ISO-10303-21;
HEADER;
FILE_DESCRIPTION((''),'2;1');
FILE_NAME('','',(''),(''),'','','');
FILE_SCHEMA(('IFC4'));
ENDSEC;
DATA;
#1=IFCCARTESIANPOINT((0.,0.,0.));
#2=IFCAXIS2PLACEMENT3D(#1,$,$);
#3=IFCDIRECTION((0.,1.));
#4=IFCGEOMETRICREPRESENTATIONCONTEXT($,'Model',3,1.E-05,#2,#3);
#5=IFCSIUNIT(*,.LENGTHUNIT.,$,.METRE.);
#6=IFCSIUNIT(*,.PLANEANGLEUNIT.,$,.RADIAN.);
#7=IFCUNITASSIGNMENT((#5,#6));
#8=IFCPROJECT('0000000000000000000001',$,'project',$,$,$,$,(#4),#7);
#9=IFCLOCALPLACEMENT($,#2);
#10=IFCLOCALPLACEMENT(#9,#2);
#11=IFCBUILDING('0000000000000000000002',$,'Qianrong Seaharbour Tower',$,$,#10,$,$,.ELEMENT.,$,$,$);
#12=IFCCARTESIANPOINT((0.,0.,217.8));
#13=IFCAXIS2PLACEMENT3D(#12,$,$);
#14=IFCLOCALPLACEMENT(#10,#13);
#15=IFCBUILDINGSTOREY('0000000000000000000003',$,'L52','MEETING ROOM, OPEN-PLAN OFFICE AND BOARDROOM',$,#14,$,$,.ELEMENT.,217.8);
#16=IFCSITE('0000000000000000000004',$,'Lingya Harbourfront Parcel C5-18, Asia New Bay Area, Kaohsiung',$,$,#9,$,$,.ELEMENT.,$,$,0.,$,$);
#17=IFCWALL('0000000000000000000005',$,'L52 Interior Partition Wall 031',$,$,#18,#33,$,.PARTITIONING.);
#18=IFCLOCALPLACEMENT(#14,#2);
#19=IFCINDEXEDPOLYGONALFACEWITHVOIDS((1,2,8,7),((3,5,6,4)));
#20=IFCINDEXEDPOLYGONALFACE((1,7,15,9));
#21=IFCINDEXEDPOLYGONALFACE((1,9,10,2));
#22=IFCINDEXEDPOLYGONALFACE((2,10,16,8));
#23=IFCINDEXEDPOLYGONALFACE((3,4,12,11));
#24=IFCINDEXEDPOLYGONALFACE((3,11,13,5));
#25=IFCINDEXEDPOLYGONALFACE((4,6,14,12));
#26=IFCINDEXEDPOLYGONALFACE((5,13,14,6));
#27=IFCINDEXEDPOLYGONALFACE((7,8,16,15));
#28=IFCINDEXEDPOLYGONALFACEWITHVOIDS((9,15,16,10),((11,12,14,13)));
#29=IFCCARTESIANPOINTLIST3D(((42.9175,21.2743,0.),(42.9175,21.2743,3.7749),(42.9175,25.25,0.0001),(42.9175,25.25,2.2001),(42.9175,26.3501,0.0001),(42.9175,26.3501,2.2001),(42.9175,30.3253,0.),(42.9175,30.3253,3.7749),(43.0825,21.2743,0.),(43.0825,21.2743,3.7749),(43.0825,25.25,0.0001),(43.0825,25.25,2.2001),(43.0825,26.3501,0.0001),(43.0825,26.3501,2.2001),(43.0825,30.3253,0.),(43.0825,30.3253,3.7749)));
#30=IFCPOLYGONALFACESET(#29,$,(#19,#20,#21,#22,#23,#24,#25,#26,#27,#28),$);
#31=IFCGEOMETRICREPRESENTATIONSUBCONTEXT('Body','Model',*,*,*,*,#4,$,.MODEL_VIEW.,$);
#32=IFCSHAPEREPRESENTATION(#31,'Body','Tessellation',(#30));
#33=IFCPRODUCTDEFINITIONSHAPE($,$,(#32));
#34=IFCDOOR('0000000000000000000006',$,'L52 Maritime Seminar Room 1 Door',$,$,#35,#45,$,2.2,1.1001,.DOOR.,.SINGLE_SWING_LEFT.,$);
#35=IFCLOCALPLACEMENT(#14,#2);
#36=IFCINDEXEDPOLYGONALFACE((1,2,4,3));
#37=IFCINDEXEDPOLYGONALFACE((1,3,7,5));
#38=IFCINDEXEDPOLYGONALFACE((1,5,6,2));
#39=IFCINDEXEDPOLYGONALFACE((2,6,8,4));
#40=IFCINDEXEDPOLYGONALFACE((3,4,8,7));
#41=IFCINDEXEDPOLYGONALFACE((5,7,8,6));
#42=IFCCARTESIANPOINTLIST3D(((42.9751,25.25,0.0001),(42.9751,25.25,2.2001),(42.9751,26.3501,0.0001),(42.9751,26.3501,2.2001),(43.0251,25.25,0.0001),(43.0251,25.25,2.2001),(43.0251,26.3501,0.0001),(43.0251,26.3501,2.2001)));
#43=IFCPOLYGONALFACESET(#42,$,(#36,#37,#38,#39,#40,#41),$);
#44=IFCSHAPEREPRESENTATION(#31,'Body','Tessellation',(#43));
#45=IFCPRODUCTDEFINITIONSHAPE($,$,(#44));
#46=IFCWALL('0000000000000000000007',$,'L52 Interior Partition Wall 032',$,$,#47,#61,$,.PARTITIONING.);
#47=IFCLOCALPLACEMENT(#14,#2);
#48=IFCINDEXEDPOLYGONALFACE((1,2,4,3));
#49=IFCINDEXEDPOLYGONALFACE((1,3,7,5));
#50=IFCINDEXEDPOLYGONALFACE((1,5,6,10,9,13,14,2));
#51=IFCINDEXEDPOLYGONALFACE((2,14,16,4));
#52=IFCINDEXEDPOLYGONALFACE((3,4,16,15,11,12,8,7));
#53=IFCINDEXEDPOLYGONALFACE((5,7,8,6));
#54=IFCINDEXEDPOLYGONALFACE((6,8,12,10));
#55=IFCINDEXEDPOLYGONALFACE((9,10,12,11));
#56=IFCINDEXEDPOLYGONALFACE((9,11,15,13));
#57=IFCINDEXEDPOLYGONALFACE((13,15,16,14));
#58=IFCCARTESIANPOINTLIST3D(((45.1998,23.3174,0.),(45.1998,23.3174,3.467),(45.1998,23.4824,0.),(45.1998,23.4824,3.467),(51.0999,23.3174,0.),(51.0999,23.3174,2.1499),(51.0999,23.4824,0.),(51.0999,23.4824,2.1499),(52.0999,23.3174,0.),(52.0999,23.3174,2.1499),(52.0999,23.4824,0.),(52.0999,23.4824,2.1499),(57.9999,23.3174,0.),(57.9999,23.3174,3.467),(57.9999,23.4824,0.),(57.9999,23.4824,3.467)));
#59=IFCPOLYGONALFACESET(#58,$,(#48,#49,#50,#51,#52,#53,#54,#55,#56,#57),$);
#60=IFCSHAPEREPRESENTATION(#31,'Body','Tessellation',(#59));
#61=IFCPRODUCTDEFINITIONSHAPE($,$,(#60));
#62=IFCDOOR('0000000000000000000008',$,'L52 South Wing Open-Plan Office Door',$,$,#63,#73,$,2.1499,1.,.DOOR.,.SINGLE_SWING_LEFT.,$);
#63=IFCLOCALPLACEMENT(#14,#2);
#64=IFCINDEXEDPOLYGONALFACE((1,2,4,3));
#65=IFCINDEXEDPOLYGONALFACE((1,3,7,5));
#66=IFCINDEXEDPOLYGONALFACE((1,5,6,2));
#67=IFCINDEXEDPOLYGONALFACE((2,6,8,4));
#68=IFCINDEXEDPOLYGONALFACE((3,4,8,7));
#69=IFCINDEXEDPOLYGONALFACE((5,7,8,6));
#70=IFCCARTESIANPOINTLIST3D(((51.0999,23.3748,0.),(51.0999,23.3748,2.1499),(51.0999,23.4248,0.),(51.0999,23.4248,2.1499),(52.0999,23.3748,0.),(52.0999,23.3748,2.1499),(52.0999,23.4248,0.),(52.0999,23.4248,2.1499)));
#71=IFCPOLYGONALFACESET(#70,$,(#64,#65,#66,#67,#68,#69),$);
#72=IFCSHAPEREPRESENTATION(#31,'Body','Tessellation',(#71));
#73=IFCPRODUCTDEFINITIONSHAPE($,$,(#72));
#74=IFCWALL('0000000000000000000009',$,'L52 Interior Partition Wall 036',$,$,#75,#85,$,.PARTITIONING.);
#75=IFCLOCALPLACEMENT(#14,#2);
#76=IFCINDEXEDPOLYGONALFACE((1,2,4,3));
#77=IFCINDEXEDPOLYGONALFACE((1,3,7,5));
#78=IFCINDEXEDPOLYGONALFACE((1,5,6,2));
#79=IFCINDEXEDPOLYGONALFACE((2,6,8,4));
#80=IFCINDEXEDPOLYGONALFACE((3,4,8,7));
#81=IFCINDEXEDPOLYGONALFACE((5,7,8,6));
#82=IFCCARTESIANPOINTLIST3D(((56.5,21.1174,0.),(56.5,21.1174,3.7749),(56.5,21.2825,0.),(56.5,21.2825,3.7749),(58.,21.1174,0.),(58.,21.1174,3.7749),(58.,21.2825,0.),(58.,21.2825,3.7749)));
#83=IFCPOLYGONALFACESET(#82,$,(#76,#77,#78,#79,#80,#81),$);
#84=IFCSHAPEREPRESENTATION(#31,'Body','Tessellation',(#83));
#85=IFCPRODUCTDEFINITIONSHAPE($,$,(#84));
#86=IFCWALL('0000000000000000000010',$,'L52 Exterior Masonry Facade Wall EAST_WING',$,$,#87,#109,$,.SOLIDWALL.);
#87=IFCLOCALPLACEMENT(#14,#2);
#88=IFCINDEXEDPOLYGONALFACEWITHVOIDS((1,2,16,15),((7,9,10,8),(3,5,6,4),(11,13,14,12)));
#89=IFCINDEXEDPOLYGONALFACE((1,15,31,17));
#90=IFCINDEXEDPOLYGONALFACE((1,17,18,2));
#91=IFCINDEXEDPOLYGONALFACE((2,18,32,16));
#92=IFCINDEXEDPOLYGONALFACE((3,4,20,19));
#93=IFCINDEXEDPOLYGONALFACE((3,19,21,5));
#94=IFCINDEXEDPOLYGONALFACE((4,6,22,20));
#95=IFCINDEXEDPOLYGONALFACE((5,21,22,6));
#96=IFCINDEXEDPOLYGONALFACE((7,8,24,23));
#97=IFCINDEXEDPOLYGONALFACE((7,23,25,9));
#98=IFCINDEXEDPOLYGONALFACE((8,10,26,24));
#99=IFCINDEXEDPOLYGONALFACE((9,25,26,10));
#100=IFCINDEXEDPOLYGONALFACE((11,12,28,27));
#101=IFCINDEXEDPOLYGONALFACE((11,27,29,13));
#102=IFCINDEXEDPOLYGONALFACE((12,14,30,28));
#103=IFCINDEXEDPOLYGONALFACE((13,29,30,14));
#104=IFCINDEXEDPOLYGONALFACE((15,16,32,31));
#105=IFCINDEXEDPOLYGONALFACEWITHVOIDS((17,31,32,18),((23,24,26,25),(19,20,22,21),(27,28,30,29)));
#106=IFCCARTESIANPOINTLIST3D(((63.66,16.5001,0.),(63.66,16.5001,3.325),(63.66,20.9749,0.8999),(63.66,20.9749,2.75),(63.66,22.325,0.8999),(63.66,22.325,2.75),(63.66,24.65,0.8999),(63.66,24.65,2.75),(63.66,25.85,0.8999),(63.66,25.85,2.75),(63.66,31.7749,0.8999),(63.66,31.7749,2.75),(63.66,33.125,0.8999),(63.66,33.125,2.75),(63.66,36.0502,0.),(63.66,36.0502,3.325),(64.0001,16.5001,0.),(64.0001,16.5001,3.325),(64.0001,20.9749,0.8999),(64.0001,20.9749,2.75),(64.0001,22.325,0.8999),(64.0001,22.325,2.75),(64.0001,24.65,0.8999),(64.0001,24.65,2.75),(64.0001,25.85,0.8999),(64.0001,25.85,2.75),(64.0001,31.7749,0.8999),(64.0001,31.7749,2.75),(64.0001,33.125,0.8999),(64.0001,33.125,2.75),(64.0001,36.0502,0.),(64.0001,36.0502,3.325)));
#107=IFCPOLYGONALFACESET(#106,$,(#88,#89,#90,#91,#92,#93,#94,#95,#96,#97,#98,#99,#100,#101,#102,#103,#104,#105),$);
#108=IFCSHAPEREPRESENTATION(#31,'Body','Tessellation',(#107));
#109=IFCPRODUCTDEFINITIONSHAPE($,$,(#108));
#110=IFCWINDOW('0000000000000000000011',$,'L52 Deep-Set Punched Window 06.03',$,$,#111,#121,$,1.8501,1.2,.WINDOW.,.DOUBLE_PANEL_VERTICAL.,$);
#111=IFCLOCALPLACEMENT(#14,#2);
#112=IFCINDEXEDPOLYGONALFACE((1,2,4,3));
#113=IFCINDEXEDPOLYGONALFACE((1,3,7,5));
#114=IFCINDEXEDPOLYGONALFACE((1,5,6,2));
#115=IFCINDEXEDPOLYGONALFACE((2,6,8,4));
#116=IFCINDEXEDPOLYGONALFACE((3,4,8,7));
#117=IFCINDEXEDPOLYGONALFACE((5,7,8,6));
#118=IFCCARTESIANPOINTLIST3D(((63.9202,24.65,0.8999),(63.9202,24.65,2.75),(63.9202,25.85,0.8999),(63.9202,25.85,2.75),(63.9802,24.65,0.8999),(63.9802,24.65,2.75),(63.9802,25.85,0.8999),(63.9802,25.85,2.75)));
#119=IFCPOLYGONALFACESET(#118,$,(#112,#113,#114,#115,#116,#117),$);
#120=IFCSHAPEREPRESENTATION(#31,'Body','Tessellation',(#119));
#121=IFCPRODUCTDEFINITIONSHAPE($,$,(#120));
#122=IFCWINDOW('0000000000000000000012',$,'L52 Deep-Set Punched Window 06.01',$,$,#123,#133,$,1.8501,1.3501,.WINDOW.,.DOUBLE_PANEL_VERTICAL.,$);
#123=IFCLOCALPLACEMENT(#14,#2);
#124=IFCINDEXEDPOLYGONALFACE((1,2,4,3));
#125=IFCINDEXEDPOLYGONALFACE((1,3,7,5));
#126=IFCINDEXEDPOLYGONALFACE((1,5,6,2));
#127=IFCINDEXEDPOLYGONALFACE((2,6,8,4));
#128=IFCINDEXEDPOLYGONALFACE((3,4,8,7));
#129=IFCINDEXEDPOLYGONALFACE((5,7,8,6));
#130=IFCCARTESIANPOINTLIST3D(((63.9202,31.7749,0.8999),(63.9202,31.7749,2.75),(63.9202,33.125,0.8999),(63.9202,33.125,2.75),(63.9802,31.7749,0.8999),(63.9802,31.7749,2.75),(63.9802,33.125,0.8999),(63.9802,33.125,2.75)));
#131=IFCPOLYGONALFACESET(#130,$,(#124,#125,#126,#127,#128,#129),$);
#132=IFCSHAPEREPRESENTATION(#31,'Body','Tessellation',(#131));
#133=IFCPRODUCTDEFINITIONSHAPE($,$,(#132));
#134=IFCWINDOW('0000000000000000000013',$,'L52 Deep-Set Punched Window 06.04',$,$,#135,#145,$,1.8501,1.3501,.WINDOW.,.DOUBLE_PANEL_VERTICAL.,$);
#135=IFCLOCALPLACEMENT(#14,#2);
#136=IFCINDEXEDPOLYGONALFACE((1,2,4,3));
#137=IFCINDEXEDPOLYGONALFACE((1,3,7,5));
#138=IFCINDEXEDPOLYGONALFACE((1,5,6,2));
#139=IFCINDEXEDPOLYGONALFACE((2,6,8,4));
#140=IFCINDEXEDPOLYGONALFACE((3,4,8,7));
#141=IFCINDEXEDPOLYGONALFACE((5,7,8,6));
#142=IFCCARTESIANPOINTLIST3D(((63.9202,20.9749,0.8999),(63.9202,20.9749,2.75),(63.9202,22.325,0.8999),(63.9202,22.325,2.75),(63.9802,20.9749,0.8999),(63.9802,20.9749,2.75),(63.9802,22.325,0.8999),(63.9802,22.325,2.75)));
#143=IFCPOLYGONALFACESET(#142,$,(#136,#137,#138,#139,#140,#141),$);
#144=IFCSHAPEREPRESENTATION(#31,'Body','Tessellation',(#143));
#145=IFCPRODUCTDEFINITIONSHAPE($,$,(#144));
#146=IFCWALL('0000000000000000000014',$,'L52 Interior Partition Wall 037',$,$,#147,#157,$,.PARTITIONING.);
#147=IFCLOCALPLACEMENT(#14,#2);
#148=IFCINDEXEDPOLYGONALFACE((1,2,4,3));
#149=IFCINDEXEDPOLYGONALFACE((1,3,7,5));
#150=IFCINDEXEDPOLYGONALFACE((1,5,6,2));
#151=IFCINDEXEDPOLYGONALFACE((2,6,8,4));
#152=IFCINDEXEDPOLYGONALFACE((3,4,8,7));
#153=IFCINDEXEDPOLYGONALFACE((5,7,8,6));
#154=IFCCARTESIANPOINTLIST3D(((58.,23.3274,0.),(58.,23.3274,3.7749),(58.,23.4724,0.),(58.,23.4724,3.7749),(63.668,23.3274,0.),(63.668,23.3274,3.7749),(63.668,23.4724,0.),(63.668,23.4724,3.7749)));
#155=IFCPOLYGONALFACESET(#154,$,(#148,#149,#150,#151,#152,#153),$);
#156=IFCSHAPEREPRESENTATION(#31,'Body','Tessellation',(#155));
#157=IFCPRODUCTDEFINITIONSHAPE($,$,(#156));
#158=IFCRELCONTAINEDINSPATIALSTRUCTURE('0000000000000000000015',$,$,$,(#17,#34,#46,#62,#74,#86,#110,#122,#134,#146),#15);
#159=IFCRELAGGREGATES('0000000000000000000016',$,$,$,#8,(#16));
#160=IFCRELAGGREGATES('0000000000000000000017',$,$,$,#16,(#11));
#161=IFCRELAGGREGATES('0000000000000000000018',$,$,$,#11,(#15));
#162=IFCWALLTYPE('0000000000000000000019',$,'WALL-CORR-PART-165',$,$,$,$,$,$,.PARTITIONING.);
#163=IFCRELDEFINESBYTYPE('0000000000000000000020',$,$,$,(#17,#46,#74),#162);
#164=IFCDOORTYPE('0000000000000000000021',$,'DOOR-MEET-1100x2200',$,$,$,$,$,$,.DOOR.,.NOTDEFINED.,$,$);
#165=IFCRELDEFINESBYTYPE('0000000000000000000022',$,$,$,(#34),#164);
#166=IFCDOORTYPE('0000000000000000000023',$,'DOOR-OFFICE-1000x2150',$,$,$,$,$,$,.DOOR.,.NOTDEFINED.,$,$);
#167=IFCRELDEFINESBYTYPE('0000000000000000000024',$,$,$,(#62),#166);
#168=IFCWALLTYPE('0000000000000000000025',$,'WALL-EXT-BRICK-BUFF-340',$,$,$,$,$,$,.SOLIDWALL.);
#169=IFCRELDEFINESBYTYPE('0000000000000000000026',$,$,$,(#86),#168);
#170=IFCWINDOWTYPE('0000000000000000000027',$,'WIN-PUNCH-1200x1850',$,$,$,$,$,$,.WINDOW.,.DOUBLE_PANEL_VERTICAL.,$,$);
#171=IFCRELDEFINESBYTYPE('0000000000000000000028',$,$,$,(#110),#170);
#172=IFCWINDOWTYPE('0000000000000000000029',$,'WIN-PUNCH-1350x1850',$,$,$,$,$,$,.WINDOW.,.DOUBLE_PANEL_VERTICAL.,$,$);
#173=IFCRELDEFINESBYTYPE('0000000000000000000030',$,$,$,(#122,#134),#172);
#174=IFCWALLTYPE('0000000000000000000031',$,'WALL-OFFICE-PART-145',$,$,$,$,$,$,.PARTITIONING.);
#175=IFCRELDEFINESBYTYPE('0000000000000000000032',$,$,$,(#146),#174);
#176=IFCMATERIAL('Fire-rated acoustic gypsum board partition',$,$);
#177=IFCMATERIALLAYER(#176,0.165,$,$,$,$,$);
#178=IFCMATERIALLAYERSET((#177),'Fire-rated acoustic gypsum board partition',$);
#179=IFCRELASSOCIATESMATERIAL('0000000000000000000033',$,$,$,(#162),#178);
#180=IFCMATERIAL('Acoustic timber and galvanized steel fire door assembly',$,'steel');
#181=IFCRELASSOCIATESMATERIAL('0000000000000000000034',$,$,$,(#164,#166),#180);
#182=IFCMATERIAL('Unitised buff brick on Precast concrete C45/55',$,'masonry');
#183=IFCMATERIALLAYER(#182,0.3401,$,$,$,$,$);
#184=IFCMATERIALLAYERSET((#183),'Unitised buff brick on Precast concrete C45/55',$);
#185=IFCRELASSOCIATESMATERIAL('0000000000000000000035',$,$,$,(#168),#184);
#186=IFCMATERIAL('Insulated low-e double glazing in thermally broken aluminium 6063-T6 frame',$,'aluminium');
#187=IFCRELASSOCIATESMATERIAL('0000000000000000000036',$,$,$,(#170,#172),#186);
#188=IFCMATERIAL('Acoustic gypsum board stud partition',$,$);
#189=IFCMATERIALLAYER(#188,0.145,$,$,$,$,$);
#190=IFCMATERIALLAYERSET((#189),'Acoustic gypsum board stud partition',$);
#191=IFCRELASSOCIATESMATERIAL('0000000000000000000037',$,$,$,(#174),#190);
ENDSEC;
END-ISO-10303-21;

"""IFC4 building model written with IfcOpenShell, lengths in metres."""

from ifc_helpers import new_model, si_unit, direction, frame, frame_2d, origin, place, context, subcontext, project, spatial, rectangle, extrude, material, layer, layer_set, type_object, element, fill, save


model = new_model("IFC4")

# Units and contexts
model_context = context("Model", 3, precision=1e-05, world=origin(), true_north=direction((0.0, 1.0)))
body_context = subcontext(model_context, "Body", "Model", "MODEL_VIEW")
ifc_project = project(units=[si_unit("LENGTHUNIT", "METRE"), si_unit("PLANEANGLEUNIT", "RADIAN")], contexts=[model_context])

# Site, building, storey
site_placement = place(None, origin())
site = spatial("IfcSite", under=ifc_project, at=site_placement, Name="Lingya Harbourfront Parcel C5-18, Asia New Bay Area, Kaohsiung", CompositionType="ELEMENT", RefElevation=0.0)
building_placement = place(site_placement, origin())
building = spatial("IfcBuilding", under=site, at=building_placement, Name="Qianrong Seaharbour Tower", CompositionType="ELEMENT")
storey_placement = place(building_placement, frame((0.0, 0.0, 217.8)))
storey = spatial("IfcBuildingStorey", under=building, at=storey_placement, Name="L52", Description="MEETING ROOM, OPEN-PLAN OFFICE AND BOARDROOM", CompositionType="ELEMENT", Elevation=217.8)

# Shared definitions
ifc_material_1 = material(Name="Fire-rated acoustic gypsum board partition")
ifc_layer_1 = layer(ifc_material_1, 0.165)
ifc_layer_set_1 = layer_set([ifc_layer_1], Name="Fire-rated acoustic gypsum board partition")
wall_type_1 = type_object("IfcWallType", Name="WALL-CORR-PART-165", PredefinedType="PARTITIONING", material=ifc_layer_set_1)

# Walls, openings, doors
wall_1_placement = place(storey_placement, frame((43.0, 21.2744, 0.0), z_axis=(0.0, 0.0, 1.0), x_axis=(0.0, 1.0, 0.0)))
wall_1 = element("IfcWall", 1, at=wall_1_placement, inside=storey, type_object=wall_type_1, Name="L52 Interior Partition Wall 031", PredefinedType="PARTITIONING", context=body_context, shape_type="SweptSolid", body=[
    extrude(rectangle(XDim=9.051, YDim=0.165, at=frame_2d((4.5254, 0.0))), origin(), (0.0, 0.0, 1.0), 3.7749),
])
opening_1_placement = place(wall_1_placement, frame((3.9756, 0.0, 0.0)))
opening_1 = element("IfcOpeningElement", 2, at=opening_1_placement, cuts=wall_1, PredefinedType="OPENING", context=body_context, shape_type="SweptSolid", body=[
    extrude(rectangle(XDim=1.1001, YDim=2.2, at=frame_2d((0.55, 1.1001))), frame((0.0, 0.0925, 0.0), z_axis=(0.0, -1.0, 0.0), x_axis=(1.0, 0.0, 0.0)), (0.0, 0.0, 1.0), 0.1851),
])
ifc_material_2 = material(Name="Acoustic timber and galvanized steel fire door assembly", Category="steel")
door_type_1 = type_object("IfcDoorType", Name="DOOR-MEET-1100x2200", OperationType="NOTDEFINED", PredefinedType="DOOR", material=ifc_material_2)
door_1_placement = place(opening_1_placement, origin())
door_1 = element("IfcDoor", 3, at=door_1_placement, inside=storey, type_object=door_type_1, Name="L52 Maritime Seminar Room 1 Door", OperationType="SINGLE_SWING_LEFT", OverallHeight=2.2, OverallWidth=1.1001, PredefinedType="DOOR", context=body_context, shape_type="SweptSolid", body=[
    extrude(rectangle(XDim=1.1001, YDim=2.2, at=frame_2d((0.55, 1.1001))), frame((0.0, 0.0249, 0.0), z_axis=(0.0, -1.0, 0.0), x_axis=(1.0, 0.0, 0.0)), (0.0, 0.0, 1.0), 0.05),
])
fill(opening_1, door_1)
wall_2_placement = place(storey_placement, frame((45.2, 23.3999, 0.0), z_axis=(0.0, 0.0, 1.0), x_axis=(1.0, 0.0, 0.0)))
wall_2 = element("IfcWall", 4, at=wall_2_placement, inside=storey, type_object=wall_type_1, Name="L52 Interior Partition Wall 032", PredefinedType="PARTITIONING", context=body_context, shape_type="SweptSolid", body=[
    extrude(rectangle(XDim=12.8, YDim=0.165, at=frame_2d((6.3999, 0.0))), origin(), (0.0, 0.0, 1.0), 3.467),
])
opening_2_placement = place(wall_2_placement, frame((5.8999, 0.0, 0.0)))
opening_2 = element("IfcOpeningElement", 5, at=opening_2_placement, cuts=wall_2, PredefinedType="OPENING", context=body_context, shape_type="SweptSolid", body=[
    extrude(rectangle(XDim=1.0, YDim=2.1499, at=frame_2d((0.5, 1.075))), frame((0.0, 0.0925, 0.0), z_axis=(0.0, -1.0, 0.0), x_axis=(1.0, 0.0, 0.0)), (0.0, 0.0, 1.0), 0.1851),
])
door_type_2 = type_object("IfcDoorType", Name="DOOR-OFFICE-1000x2150", OperationType="NOTDEFINED", PredefinedType="DOOR", material=ifc_material_2)
door_2_placement = place(opening_2_placement, origin())
door_2 = element("IfcDoor", 6, at=door_2_placement, inside=storey, type_object=door_type_2, Name="L52 South Wing Open-Plan Office Door", OperationType="SINGLE_SWING_LEFT", OverallHeight=2.1499, OverallWidth=1.0, PredefinedType="DOOR", context=body_context, shape_type="SweptSolid", body=[
    extrude(rectangle(XDim=1.0, YDim=2.1499, at=frame_2d((0.5, 1.075))), frame((0.0, 0.0249, 0.0), z_axis=(0.0, -1.0, 0.0), x_axis=(1.0, 0.0, 0.0)), (0.0, 0.0, 1.0), 0.05),
])
fill(opening_2, door_2)

# Wall
wall_3_placement = place(storey_placement, frame((58.0, 21.2, 0.0), z_axis=(0.0, 0.0, 1.0), x_axis=(-1.0, 0.0, 0.0)))
element("IfcWall", 7, at=wall_3_placement, inside=storey, type_object=wall_type_1, Name="L52 Interior Partition Wall 036", PredefinedType="PARTITIONING", context=body_context, shape_type="SweptSolid", body=[
    extrude(rectangle(XDim=1.5, YDim=0.165, at=frame_2d((0.75, 0.0))), origin(), (0.0, 0.0, 1.0), 3.7749),
])

# Wall, openings, windows
ifc_material_3 = material(Name="Unitised buff brick on Precast concrete C45/55", Category="masonry")
ifc_layer_2 = layer(ifc_material_3, 0.3401)
ifc_layer_set_2 = layer_set([ifc_layer_2], Name="Unitised buff brick on Precast concrete C45/55")
wall_type_2 = type_object("IfcWallType", Name="WALL-EXT-BRICK-BUFF-340", PredefinedType="SOLIDWALL", material=ifc_layer_set_2)
wall_4_placement = place(storey_placement, frame((63.8301, 36.05, 0.0), z_axis=(0.0, 0.0, 1.0), x_axis=(0.0, -1.0, 0.0)))
wall_4 = element("IfcWall", 8, at=wall_4_placement, inside=storey, type_object=wall_type_2, Name="L52 Exterior Masonry Facade Wall EAST_WING", PredefinedType="SOLIDWALL", context=body_context, shape_type="SweptSolid", body=[
    extrude(rectangle(XDim=19.55, YDim=0.3401, at=frame_2d((9.7749, 0.0))), origin(), (0.0, 0.0, 1.0), 3.325),
])
opening_3_placement = place(wall_4_placement, frame((2.925, 0.0, 0.8999)))
opening_3 = element("IfcOpeningElement", 9, at=opening_3_placement, cuts=wall_4, PredefinedType="OPENING", context=body_context, shape_type="SweptSolid", body=[
    extrude(rectangle(XDim=1.3501, YDim=1.8501, at=frame_2d((0.675, 0.925))), frame((0.0, 0.1802, 0.0), z_axis=(0.0, -1.0, 0.0), x_axis=(1.0, 0.0, 0.0)), (0.0, 0.0, 1.0), 0.3601),
])
opening_4_placement = place(wall_4_placement, frame((10.2, 0.0, 0.8999)))
opening_4 = element("IfcOpeningElement", 10, at=opening_4_placement, cuts=wall_4, PredefinedType="OPENING", context=body_context, shape_type="SweptSolid", body=[
    extrude(rectangle(XDim=1.2, YDim=1.8501, at=frame_2d((0.6001, 0.925))), frame((0.0, 0.1802, 0.0), z_axis=(0.0, -1.0, 0.0), x_axis=(1.0, 0.0, 0.0)), (0.0, 0.0, 1.0), 0.3601),
])
opening_5_placement = place(wall_4_placement, frame((13.7251, 0.0, 0.8999)))
opening_5 = element("IfcOpeningElement", 11, at=opening_5_placement, cuts=wall_4, PredefinedType="OPENING", context=body_context, shape_type="SweptSolid", body=[
    extrude(rectangle(XDim=1.3501, YDim=1.8501, at=frame_2d((0.675, 0.925))), frame((0.0, 0.1802, 0.0), z_axis=(0.0, -1.0, 0.0), x_axis=(1.0, 0.0, 0.0)), (0.0, 0.0, 1.0), 0.3601),
])
ifc_material_4 = material(Name="Insulated low-e double glazing in thermally broken aluminium 6063-T6 frame", Category="aluminium")
window_type_1 = type_object("IfcWindowType", Name="WIN-PUNCH-1200x1850", PartitioningType="DOUBLE_PANEL_VERTICAL", PredefinedType="WINDOW", material=ifc_material_4)
window_1_placement = place(opening_4_placement, origin())
window_1 = element("IfcWindow", 12, at=window_1_placement, inside=storey, type_object=window_type_1, Name="L52 Deep-Set Punched Window 06.03", OverallHeight=1.8501, OverallWidth=1.2, PartitioningType="DOUBLE_PANEL_VERTICAL", PredefinedType="WINDOW", context=body_context, shape_type="SweptSolid", body=[
    extrude(rectangle(XDim=1.2, YDim=1.8501, at=frame_2d((0.6001, 0.925))), frame((0.0, 0.1501, 0.0), z_axis=(0.0, -1.0, 0.0), x_axis=(1.0, 0.0, 0.0)), (0.0, 0.0, 1.0), 0.0601),
])
fill(opening_4, window_1)
window_type_2 = type_object("IfcWindowType", Name="WIN-PUNCH-1350x1850", PartitioningType="DOUBLE_PANEL_VERTICAL", PredefinedType="WINDOW", material=ifc_material_4)
window_2_placement = place(opening_3_placement, origin())
window_2 = element("IfcWindow", 13, at=window_2_placement, inside=storey, type_object=window_type_2, Name="L52 Deep-Set Punched Window 06.01", OverallHeight=1.8501, OverallWidth=1.3501, PartitioningType="DOUBLE_PANEL_VERTICAL", PredefinedType="WINDOW", context=body_context, shape_type="SweptSolid", body=[
    extrude(rectangle(XDim=1.3501, YDim=1.8501, at=frame_2d((0.675, 0.925))), frame((0.0, 0.1501, 0.0), z_axis=(0.0, -1.0, 0.0), x_axis=(1.0, 0.0, 0.0)), (0.0, 0.0, 1.0), 0.0601),
])
fill(opening_3, window_2)
window_3_placement = place(opening_5_placement, origin())
window_3 = element("IfcWindow", 14, at=window_3_placement, inside=storey, type_object=window_type_2, Name="L52 Deep-Set Punched Window 06.04", OverallHeight=1.8501, OverallWidth=1.3501, PartitioningType="DOUBLE_PANEL_VERTICAL", PredefinedType="WINDOW", context=body_context, shape_type="SweptSolid", body=[
    extrude(rectangle(XDim=1.3501, YDim=1.8501, at=frame_2d((0.675, 0.925))), frame((0.0, 0.1501, 0.0), z_axis=(0.0, -1.0, 0.0), x_axis=(1.0, 0.0, 0.0)), (0.0, 0.0, 1.0), 0.0601),
])
fill(opening_5, window_3)

# Wall
ifc_material_5 = material(Name="Acoustic gypsum board stud partition")
ifc_layer_3 = layer(ifc_material_5, 0.145)
ifc_layer_set_3 = layer_set([ifc_layer_3], Name="Acoustic gypsum board stud partition")
wall_type_3 = type_object("IfcWallType", Name="WALL-OFFICE-PART-145", PredefinedType="PARTITIONING", material=ifc_layer_set_3)
wall_5_placement = place(storey_placement, frame((63.668, 23.3999, 0.0), z_axis=(0.0, 0.0, 1.0), x_axis=(-1.0, 0.0, 0.0)))
element("IfcWall", 15, at=wall_5_placement, inside=storey, type_object=wall_type_3, Name="L52 Interior Partition Wall 037", PredefinedType="PARTITIONING", context=body_context, shape_type="SweptSolid", body=[
    extrude(rectangle(XDim=5.668, YDim=0.145, at=frame_2d((2.834, 0.0))), origin(), (0.0, 0.0, 1.0), 3.7749),
])

save(model, "model.ifc")
